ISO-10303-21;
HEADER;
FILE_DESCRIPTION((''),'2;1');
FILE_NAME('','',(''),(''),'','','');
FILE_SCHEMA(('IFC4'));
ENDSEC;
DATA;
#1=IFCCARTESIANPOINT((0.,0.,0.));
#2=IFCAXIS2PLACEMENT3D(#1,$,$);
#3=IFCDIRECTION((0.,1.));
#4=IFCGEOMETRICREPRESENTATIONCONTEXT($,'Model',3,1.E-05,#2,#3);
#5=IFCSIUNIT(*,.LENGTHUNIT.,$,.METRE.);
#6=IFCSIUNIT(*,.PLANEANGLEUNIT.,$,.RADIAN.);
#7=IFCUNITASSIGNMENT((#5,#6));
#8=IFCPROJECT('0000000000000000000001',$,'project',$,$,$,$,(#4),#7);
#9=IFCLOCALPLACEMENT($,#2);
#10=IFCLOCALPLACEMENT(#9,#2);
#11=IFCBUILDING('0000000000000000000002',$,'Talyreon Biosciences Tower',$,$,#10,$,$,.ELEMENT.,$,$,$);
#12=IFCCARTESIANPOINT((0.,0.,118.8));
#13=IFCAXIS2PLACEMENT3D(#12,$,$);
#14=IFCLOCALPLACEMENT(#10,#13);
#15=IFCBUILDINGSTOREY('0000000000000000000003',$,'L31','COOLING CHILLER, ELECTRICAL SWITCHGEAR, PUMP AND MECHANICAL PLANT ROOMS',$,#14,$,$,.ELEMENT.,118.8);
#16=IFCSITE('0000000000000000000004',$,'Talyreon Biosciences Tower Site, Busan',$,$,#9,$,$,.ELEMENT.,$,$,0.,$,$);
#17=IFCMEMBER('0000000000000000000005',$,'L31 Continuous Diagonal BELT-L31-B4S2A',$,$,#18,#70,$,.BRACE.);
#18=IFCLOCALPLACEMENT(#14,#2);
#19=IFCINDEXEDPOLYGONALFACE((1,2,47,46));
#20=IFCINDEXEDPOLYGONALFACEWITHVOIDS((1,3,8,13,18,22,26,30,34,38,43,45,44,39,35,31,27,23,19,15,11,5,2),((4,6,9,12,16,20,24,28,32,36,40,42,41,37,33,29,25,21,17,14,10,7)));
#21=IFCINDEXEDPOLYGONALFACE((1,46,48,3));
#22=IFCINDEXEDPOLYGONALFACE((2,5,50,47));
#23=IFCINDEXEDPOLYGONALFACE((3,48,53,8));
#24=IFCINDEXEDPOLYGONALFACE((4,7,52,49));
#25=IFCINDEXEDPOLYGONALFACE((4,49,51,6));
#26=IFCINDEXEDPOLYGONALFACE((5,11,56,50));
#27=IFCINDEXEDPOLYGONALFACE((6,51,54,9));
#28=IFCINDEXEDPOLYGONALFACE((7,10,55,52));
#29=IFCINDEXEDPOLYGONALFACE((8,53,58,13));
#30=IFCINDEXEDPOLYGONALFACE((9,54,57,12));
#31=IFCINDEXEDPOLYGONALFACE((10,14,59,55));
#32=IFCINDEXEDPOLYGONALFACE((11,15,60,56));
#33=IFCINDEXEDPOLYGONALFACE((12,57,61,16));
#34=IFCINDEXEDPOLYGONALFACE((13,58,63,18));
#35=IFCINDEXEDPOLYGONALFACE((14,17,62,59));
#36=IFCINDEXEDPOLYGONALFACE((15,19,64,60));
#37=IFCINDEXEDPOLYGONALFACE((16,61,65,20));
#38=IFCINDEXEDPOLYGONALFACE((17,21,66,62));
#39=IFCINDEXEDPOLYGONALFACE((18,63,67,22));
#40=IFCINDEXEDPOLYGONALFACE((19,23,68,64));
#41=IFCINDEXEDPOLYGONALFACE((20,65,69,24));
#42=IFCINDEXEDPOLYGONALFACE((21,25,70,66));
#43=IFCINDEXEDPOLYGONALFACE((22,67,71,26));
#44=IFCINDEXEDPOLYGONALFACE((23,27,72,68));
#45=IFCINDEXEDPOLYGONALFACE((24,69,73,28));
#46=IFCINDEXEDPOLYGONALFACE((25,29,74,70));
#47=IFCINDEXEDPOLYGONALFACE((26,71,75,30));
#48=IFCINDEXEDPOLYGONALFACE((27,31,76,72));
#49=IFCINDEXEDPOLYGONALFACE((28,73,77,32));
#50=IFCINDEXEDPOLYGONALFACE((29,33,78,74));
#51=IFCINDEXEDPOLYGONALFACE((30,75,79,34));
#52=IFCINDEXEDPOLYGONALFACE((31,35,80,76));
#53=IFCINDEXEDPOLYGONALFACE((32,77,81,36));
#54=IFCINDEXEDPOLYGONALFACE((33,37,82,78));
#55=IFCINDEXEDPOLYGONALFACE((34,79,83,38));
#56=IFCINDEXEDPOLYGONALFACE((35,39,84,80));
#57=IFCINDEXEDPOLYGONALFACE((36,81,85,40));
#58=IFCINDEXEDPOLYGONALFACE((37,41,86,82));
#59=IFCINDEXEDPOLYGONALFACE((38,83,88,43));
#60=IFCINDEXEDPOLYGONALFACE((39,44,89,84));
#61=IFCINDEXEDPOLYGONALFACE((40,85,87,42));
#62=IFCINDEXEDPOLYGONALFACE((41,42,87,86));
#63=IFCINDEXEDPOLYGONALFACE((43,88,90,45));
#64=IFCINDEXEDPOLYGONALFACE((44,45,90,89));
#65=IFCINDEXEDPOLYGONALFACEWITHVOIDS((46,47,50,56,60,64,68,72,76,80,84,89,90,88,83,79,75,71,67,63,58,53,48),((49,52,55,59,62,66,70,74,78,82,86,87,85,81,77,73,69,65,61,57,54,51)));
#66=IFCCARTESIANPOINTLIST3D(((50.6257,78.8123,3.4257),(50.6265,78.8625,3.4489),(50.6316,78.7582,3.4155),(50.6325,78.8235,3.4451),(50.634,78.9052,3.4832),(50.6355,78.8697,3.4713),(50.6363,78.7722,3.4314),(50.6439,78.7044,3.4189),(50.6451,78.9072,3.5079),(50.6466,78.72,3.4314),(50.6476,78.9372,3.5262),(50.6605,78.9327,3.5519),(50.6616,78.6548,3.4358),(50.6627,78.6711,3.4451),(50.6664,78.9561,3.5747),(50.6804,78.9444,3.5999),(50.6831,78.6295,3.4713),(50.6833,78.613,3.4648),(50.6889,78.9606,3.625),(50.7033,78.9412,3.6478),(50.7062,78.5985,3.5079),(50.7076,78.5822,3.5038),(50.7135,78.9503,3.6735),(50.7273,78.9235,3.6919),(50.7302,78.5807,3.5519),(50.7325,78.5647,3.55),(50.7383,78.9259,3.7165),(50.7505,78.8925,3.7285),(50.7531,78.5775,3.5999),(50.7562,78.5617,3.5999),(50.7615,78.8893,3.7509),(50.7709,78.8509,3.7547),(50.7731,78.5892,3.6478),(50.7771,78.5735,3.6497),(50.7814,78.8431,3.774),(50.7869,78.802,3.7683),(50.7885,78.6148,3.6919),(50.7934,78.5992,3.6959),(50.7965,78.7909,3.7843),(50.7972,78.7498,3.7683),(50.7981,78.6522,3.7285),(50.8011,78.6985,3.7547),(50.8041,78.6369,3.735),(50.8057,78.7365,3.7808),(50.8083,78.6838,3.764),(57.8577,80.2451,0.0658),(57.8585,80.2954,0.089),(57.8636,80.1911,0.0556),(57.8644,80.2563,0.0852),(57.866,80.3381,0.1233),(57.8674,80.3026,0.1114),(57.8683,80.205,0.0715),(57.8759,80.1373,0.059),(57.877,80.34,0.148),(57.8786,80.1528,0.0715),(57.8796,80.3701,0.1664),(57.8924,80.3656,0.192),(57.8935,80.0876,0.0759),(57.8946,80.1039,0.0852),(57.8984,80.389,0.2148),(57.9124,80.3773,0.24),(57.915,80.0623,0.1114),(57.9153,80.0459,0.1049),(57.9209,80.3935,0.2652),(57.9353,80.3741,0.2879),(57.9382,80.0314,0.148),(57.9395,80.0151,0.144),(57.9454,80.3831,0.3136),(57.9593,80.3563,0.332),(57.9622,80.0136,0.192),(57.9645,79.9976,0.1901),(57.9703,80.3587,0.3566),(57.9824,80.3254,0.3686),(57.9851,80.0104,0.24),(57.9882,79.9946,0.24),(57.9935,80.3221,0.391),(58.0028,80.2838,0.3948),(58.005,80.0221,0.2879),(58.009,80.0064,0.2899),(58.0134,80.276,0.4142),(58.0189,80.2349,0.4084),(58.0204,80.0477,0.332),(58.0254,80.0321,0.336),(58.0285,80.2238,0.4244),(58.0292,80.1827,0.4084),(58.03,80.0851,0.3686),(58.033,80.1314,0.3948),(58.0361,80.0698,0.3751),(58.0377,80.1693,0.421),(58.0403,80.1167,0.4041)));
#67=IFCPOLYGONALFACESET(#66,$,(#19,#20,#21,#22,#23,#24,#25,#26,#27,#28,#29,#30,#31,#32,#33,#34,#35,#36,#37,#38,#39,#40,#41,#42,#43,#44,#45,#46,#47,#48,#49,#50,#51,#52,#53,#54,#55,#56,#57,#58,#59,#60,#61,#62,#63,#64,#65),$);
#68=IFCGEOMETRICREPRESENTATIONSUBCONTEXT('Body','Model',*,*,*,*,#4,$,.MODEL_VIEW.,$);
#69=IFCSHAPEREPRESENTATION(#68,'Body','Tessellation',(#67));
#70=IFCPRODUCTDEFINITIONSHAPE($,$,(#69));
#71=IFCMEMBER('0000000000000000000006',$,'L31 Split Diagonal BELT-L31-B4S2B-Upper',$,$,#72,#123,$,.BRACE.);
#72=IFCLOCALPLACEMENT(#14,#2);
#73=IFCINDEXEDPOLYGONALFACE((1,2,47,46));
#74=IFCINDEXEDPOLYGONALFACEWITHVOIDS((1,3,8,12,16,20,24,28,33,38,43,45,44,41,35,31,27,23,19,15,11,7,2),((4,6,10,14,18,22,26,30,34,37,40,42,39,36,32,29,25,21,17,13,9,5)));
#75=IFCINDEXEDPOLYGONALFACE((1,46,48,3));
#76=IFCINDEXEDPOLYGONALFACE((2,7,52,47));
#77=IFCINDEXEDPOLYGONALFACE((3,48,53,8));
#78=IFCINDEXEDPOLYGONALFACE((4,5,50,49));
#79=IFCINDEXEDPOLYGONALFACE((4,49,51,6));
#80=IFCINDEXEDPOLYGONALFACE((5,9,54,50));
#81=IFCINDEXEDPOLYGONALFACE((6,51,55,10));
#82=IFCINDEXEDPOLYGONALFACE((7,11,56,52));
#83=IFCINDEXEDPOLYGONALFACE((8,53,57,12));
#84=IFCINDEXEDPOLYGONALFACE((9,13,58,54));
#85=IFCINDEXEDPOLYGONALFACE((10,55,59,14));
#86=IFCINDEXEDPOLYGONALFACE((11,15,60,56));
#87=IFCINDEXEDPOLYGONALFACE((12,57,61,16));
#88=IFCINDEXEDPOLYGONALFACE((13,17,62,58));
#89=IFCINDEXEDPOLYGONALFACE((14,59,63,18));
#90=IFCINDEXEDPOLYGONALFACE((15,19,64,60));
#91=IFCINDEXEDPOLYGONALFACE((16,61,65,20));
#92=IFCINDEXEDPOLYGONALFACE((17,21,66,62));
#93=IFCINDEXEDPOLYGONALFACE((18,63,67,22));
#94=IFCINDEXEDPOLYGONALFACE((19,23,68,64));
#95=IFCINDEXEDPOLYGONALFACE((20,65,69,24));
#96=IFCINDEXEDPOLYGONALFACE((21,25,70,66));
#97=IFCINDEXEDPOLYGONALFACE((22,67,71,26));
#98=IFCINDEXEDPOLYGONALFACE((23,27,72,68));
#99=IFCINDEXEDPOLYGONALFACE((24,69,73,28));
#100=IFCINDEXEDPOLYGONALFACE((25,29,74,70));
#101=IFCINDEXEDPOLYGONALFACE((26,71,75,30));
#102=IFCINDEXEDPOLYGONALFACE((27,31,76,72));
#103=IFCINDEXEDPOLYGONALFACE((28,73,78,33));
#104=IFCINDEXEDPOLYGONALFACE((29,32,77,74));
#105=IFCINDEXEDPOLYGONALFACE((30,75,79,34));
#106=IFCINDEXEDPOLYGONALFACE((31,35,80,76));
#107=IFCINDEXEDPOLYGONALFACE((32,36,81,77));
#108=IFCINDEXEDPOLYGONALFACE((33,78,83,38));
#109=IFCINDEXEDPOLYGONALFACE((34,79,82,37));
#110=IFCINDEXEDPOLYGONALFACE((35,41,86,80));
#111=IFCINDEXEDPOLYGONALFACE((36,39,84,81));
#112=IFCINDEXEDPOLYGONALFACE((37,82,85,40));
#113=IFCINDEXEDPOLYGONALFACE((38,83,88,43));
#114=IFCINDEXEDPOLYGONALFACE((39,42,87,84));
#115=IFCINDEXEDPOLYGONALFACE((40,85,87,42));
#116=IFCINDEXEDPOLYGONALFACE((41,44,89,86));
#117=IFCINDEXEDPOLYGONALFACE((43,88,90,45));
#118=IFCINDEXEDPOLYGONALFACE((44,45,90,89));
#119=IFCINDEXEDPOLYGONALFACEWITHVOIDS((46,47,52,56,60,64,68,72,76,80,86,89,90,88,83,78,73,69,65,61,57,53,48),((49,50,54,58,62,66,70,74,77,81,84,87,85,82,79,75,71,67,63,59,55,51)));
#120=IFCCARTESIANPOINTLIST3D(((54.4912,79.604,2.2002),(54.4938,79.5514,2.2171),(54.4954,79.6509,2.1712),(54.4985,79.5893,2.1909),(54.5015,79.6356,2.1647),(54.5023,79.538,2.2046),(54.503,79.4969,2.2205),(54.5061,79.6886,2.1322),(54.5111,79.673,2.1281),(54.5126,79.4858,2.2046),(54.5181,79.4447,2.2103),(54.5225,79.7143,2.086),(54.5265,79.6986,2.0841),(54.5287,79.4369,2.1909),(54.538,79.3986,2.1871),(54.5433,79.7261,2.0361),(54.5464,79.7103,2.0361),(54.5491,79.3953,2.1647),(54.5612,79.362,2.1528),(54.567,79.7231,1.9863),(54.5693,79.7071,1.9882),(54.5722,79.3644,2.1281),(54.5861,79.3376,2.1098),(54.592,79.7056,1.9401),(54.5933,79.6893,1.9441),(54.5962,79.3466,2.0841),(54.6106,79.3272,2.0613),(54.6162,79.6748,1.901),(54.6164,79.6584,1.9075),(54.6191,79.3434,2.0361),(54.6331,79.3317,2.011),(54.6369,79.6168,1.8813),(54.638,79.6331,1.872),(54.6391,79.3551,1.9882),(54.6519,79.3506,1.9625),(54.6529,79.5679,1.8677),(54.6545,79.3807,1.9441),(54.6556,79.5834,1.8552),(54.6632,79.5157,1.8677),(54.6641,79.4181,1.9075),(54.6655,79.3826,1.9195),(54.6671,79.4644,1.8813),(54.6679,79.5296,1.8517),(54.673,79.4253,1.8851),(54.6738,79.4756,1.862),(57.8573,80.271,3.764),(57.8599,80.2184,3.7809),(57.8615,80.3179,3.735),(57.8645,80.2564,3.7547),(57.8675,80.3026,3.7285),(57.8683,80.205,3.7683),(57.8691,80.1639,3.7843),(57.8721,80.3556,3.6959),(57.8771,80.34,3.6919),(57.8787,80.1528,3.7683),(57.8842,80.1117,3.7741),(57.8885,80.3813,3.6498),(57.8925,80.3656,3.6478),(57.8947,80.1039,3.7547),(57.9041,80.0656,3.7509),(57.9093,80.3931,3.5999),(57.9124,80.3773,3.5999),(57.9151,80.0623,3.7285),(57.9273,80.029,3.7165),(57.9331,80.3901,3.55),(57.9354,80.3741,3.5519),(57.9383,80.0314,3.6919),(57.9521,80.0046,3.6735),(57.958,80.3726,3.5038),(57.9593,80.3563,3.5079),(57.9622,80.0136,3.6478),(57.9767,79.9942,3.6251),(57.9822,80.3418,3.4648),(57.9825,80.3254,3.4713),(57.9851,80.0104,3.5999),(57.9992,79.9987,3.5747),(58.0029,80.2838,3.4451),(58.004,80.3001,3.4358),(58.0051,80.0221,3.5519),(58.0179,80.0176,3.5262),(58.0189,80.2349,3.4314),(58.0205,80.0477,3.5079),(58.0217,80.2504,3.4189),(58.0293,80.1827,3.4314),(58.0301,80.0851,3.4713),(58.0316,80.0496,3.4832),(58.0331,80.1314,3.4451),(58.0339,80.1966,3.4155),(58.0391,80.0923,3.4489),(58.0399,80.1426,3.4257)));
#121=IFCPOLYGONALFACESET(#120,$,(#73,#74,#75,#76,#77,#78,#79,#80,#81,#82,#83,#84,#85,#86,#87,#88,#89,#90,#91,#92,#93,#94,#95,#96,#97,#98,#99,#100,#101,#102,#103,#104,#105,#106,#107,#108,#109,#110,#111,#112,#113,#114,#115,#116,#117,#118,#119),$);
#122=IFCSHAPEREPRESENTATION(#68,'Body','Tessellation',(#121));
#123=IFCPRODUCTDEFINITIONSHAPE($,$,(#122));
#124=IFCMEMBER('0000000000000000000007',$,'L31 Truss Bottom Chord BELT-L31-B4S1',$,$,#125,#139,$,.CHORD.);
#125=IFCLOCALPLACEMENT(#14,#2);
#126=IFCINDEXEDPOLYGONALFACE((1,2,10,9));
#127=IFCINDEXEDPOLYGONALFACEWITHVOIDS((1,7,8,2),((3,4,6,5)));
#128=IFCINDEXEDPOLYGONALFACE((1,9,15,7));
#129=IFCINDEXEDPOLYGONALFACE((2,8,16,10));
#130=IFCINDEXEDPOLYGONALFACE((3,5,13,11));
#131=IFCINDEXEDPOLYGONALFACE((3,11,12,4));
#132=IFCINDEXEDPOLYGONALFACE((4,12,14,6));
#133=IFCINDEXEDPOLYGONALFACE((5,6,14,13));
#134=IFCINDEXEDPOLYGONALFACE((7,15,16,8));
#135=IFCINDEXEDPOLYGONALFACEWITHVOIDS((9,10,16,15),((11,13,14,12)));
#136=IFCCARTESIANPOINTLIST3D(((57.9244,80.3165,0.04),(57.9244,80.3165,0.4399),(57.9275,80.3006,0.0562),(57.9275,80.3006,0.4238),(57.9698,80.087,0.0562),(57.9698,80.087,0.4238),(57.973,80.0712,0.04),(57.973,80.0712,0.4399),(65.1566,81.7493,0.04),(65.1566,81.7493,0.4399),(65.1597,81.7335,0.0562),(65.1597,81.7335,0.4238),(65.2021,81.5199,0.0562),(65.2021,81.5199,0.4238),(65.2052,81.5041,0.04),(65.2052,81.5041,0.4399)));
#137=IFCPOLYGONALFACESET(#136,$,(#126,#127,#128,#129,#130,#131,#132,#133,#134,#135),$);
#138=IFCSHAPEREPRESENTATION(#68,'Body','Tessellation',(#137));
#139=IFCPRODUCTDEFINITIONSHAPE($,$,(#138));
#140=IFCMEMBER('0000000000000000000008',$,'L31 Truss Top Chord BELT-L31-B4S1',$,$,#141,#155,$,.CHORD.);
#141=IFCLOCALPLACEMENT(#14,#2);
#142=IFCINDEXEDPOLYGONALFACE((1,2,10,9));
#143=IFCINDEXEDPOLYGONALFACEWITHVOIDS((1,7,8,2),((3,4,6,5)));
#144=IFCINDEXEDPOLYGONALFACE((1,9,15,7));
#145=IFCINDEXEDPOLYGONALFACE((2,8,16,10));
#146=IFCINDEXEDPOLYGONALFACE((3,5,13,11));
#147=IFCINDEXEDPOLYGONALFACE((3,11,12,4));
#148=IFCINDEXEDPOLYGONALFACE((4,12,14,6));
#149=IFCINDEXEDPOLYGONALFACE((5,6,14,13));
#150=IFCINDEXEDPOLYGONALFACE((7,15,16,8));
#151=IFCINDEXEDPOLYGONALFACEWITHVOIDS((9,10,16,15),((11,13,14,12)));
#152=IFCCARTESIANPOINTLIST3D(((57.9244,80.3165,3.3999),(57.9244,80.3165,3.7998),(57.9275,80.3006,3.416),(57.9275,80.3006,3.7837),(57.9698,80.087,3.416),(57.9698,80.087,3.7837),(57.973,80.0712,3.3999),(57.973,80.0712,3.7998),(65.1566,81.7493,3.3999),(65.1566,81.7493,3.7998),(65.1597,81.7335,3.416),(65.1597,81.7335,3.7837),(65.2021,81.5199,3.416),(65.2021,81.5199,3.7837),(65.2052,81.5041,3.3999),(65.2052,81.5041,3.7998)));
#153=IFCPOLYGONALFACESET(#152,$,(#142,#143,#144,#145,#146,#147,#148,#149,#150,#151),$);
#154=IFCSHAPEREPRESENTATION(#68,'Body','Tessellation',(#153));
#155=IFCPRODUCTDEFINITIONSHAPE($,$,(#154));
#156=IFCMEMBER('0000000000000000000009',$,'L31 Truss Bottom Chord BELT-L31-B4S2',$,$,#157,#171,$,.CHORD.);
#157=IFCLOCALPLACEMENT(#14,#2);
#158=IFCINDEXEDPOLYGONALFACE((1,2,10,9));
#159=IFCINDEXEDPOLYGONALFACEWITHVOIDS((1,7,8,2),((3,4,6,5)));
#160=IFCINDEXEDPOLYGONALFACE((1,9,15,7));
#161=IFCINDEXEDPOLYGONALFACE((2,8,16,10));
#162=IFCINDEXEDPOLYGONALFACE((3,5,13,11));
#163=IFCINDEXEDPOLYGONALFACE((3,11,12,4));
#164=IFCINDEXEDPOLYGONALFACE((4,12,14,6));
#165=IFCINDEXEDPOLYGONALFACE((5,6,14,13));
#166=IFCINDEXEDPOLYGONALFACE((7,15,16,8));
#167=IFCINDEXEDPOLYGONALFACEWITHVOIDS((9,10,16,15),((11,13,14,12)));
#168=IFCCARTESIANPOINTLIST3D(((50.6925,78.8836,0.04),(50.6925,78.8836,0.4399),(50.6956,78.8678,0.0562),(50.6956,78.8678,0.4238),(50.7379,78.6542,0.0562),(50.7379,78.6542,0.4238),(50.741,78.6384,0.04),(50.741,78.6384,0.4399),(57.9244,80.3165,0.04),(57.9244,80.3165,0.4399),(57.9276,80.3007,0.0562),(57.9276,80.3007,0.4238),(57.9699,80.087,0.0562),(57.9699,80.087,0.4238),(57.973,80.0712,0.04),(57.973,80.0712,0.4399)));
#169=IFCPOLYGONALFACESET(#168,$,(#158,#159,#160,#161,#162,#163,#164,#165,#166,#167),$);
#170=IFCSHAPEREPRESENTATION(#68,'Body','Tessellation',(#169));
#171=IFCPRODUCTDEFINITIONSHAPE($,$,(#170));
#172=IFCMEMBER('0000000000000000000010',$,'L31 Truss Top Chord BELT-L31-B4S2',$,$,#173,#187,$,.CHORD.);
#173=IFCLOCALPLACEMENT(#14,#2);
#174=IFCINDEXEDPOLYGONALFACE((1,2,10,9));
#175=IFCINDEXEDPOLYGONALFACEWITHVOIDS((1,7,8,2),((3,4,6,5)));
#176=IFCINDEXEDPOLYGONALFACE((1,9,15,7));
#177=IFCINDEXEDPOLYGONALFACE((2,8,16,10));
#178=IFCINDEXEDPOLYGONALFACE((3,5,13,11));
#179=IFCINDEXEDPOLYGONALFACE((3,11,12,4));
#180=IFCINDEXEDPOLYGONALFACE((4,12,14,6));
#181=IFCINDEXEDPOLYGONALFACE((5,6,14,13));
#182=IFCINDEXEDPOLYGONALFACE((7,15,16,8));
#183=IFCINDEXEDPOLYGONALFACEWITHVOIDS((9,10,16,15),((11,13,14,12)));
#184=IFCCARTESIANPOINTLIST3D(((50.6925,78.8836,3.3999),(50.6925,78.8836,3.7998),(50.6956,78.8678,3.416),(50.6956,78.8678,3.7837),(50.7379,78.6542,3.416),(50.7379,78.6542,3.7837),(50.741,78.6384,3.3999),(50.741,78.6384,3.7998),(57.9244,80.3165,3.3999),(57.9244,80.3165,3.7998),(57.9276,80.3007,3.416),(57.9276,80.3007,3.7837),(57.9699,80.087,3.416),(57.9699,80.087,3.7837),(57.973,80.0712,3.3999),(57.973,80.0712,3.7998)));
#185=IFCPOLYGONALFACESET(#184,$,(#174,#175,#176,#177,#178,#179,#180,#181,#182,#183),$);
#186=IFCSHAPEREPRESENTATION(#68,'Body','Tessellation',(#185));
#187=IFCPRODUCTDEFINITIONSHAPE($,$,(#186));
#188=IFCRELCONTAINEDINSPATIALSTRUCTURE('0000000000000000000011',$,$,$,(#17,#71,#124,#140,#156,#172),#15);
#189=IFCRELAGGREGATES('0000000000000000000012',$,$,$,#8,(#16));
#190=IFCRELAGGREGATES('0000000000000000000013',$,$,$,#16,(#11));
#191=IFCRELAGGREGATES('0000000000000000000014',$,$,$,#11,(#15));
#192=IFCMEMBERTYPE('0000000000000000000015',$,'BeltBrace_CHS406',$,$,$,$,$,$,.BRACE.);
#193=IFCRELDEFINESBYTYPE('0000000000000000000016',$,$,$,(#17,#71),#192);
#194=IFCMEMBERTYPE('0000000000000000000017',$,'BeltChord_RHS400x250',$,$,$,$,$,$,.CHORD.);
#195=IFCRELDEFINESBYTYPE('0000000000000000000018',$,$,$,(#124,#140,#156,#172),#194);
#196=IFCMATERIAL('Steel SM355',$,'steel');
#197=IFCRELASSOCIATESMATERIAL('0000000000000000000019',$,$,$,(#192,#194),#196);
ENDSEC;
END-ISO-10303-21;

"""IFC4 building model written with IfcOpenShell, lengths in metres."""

from ifc_helpers import new_model, si_unit, direction, frame, origin, origin_2d, place, context, subcontext, project, spatial, hollow_rectangle, hollow_circle, extrude, material, material_profile, profile_set, type_object, element, save


model = new_model("IFC4")

# Units and contexts
model_context = context("Model", 3, precision=1e-05, world=origin(), true_north=direction((0.0, 1.0)))
body_context = subcontext(model_context, "Body", "Model", "MODEL_VIEW")
ifc_project = project(units=[si_unit("LENGTHUNIT", "METRE"), si_unit("PLANEANGLEUNIT", "RADIAN")], contexts=[model_context])

# Site, building, storey
site_placement = place(None, origin())
site = spatial("IfcSite", under=ifc_project, at=site_placement, Name="Talyreon Biosciences Tower Site, Busan", CompositionType="ELEMENT", RefElevation=0.0)
building_placement = place(site_placement, origin())
building = spatial("IfcBuilding", under=site, at=building_placement, Name="Talyreon Biosciences Tower", CompositionType="ELEMENT")
storey_placement = place(building_placement, frame((0.0, 0.0, 118.8)))
storey = spatial("IfcBuildingStorey", under=building, at=storey_placement, Name="L31", Description="COOLING CHILLER, ELECTRICAL SWITCHGEAR, PUMP AND MECHANICAL PLANT ROOMS", CompositionType="ELEMENT", Elevation=118.8)

# Members
ifc_material_1 = material(Name="Steel SM355", Category="steel")
ifc_material_profile_1 = material_profile(ifc_material_1, hollow_circle(Radius=0.2031, WallThickness=0.0161, at=origin_2d()), Name="CHS 406.4x16")
ifc_profile_set_1 = profile_set([ifc_material_profile_1], Name="Steel SM355")
member_type_1 = type_object("IfcMemberType", Name="BeltBrace_CHS406", PredefinedType="BRACE", material=ifc_profile_set_1)
member_1_placement = place(storey_placement, frame((57.9487, 80.1938, 0.24), z_axis=(-0.892609, -0.176852, 0.414695), x_axis=(0.194352, -0.980932, 0.0)))
element("IfcMember", 1, at=member_1_placement, inside=storey, type_object=member_type_1, Name="L31 Continuous Diagonal BELT-L31-B4S2A", PredefinedType="BRACE", context=body_context, shape_type="SweptSolid", body=[
    extrude(hollow_circle(Radius=0.2031, WallThickness=0.0161, at=origin_2d()), origin(), (0.0, 0.0, 1.0), 8.1021),
])
member_2_placement = place(storey_placement, frame((54.5828, 79.5269, 2.0361), z_axis=(0.892612, 0.176878, 0.414679), x_axis=(-0.194378, 0.980927, 0.0)))
element("IfcMember", 2, at=member_2_placement, inside=storey, type_object=member_type_1, Name="L31 Split Diagonal BELT-L31-B4S2B-Upper", PredefinedType="BRACE", context=body_context, shape_type="SweptSolid", body=[
    extrude(hollow_circle(Radius=0.2031, WallThickness=0.0161, at=origin_2d()), origin(), (0.0, 0.0, 1.0), 3.771),
])
ifc_material_profile_2 = material_profile(ifc_material_1, hollow_rectangle(XDim=0.25, YDim=0.3999, WallThickness=0.0161, at=origin_2d()), Name="RHS 400x250x16")
ifc_profile_set_2 = profile_set([ifc_material_profile_2], Name="Steel SM355")
member_type_2 = type_object("IfcMemberType", Name="BeltChord_RHS400x250", PredefinedType="CHORD", material=ifc_profile_set_2)
for number, where, z_axis, x_axis, name in (
    (3, (65.1809, 81.6267, 0.24), (-0.980933, -0.194345, 0.0), (0.194345, -0.980933, 0.0), "L31 Truss Bottom Chord BELT-L31-B4S1"),
    (4, (65.1809, 81.6267, 3.5999), (-0.980933, -0.194345, 0.0), (0.194345, -0.980933, 0.0), "L31 Truss Top Chord BELT-L31-B4S1"),
):
    element("IfcMember", number, at=place(storey_placement, frame(where, z_axis=z_axis, x_axis=x_axis)), inside=storey, type_object=member_type_2, Name=name, PredefinedType="CHORD", context=body_context, shape_type="SweptSolid", body=[
        extrude(hollow_rectangle(XDim=0.25, YDim=0.3999, WallThickness=0.0161, at=origin_2d()), origin(), (0.0, 0.0, 1.0), 7.3728),
    ])
for number, where, z_axis, x_axis, name in (
    (5, (57.9487, 80.1938, 0.24), (-0.980932, -0.194352, 0.0), (0.194352, -0.980932, 0.0), "L31 Truss Bottom Chord BELT-L31-B4S2"),
    (6, (57.9487, 80.1938, 3.5999), (-0.980932, -0.194352, 0.0), (0.194352, -0.980932, 0.0), "L31 Truss Top Chord BELT-L31-B4S2"),
):
    element("IfcMember", number, at=place(storey_placement, frame(where, z_axis=z_axis, x_axis=x_axis)), inside=storey, type_object=member_type_2, Name=name, PredefinedType="CHORD", context=body_context, shape_type="SweptSolid", body=[
        extrude(hollow_rectangle(XDim=0.25, YDim=0.3999, WallThickness=0.0161, at=origin_2d()), origin(), (0.0, 0.0, 1.0), 7.3726),
    ])

save(model, "model.ifc")
